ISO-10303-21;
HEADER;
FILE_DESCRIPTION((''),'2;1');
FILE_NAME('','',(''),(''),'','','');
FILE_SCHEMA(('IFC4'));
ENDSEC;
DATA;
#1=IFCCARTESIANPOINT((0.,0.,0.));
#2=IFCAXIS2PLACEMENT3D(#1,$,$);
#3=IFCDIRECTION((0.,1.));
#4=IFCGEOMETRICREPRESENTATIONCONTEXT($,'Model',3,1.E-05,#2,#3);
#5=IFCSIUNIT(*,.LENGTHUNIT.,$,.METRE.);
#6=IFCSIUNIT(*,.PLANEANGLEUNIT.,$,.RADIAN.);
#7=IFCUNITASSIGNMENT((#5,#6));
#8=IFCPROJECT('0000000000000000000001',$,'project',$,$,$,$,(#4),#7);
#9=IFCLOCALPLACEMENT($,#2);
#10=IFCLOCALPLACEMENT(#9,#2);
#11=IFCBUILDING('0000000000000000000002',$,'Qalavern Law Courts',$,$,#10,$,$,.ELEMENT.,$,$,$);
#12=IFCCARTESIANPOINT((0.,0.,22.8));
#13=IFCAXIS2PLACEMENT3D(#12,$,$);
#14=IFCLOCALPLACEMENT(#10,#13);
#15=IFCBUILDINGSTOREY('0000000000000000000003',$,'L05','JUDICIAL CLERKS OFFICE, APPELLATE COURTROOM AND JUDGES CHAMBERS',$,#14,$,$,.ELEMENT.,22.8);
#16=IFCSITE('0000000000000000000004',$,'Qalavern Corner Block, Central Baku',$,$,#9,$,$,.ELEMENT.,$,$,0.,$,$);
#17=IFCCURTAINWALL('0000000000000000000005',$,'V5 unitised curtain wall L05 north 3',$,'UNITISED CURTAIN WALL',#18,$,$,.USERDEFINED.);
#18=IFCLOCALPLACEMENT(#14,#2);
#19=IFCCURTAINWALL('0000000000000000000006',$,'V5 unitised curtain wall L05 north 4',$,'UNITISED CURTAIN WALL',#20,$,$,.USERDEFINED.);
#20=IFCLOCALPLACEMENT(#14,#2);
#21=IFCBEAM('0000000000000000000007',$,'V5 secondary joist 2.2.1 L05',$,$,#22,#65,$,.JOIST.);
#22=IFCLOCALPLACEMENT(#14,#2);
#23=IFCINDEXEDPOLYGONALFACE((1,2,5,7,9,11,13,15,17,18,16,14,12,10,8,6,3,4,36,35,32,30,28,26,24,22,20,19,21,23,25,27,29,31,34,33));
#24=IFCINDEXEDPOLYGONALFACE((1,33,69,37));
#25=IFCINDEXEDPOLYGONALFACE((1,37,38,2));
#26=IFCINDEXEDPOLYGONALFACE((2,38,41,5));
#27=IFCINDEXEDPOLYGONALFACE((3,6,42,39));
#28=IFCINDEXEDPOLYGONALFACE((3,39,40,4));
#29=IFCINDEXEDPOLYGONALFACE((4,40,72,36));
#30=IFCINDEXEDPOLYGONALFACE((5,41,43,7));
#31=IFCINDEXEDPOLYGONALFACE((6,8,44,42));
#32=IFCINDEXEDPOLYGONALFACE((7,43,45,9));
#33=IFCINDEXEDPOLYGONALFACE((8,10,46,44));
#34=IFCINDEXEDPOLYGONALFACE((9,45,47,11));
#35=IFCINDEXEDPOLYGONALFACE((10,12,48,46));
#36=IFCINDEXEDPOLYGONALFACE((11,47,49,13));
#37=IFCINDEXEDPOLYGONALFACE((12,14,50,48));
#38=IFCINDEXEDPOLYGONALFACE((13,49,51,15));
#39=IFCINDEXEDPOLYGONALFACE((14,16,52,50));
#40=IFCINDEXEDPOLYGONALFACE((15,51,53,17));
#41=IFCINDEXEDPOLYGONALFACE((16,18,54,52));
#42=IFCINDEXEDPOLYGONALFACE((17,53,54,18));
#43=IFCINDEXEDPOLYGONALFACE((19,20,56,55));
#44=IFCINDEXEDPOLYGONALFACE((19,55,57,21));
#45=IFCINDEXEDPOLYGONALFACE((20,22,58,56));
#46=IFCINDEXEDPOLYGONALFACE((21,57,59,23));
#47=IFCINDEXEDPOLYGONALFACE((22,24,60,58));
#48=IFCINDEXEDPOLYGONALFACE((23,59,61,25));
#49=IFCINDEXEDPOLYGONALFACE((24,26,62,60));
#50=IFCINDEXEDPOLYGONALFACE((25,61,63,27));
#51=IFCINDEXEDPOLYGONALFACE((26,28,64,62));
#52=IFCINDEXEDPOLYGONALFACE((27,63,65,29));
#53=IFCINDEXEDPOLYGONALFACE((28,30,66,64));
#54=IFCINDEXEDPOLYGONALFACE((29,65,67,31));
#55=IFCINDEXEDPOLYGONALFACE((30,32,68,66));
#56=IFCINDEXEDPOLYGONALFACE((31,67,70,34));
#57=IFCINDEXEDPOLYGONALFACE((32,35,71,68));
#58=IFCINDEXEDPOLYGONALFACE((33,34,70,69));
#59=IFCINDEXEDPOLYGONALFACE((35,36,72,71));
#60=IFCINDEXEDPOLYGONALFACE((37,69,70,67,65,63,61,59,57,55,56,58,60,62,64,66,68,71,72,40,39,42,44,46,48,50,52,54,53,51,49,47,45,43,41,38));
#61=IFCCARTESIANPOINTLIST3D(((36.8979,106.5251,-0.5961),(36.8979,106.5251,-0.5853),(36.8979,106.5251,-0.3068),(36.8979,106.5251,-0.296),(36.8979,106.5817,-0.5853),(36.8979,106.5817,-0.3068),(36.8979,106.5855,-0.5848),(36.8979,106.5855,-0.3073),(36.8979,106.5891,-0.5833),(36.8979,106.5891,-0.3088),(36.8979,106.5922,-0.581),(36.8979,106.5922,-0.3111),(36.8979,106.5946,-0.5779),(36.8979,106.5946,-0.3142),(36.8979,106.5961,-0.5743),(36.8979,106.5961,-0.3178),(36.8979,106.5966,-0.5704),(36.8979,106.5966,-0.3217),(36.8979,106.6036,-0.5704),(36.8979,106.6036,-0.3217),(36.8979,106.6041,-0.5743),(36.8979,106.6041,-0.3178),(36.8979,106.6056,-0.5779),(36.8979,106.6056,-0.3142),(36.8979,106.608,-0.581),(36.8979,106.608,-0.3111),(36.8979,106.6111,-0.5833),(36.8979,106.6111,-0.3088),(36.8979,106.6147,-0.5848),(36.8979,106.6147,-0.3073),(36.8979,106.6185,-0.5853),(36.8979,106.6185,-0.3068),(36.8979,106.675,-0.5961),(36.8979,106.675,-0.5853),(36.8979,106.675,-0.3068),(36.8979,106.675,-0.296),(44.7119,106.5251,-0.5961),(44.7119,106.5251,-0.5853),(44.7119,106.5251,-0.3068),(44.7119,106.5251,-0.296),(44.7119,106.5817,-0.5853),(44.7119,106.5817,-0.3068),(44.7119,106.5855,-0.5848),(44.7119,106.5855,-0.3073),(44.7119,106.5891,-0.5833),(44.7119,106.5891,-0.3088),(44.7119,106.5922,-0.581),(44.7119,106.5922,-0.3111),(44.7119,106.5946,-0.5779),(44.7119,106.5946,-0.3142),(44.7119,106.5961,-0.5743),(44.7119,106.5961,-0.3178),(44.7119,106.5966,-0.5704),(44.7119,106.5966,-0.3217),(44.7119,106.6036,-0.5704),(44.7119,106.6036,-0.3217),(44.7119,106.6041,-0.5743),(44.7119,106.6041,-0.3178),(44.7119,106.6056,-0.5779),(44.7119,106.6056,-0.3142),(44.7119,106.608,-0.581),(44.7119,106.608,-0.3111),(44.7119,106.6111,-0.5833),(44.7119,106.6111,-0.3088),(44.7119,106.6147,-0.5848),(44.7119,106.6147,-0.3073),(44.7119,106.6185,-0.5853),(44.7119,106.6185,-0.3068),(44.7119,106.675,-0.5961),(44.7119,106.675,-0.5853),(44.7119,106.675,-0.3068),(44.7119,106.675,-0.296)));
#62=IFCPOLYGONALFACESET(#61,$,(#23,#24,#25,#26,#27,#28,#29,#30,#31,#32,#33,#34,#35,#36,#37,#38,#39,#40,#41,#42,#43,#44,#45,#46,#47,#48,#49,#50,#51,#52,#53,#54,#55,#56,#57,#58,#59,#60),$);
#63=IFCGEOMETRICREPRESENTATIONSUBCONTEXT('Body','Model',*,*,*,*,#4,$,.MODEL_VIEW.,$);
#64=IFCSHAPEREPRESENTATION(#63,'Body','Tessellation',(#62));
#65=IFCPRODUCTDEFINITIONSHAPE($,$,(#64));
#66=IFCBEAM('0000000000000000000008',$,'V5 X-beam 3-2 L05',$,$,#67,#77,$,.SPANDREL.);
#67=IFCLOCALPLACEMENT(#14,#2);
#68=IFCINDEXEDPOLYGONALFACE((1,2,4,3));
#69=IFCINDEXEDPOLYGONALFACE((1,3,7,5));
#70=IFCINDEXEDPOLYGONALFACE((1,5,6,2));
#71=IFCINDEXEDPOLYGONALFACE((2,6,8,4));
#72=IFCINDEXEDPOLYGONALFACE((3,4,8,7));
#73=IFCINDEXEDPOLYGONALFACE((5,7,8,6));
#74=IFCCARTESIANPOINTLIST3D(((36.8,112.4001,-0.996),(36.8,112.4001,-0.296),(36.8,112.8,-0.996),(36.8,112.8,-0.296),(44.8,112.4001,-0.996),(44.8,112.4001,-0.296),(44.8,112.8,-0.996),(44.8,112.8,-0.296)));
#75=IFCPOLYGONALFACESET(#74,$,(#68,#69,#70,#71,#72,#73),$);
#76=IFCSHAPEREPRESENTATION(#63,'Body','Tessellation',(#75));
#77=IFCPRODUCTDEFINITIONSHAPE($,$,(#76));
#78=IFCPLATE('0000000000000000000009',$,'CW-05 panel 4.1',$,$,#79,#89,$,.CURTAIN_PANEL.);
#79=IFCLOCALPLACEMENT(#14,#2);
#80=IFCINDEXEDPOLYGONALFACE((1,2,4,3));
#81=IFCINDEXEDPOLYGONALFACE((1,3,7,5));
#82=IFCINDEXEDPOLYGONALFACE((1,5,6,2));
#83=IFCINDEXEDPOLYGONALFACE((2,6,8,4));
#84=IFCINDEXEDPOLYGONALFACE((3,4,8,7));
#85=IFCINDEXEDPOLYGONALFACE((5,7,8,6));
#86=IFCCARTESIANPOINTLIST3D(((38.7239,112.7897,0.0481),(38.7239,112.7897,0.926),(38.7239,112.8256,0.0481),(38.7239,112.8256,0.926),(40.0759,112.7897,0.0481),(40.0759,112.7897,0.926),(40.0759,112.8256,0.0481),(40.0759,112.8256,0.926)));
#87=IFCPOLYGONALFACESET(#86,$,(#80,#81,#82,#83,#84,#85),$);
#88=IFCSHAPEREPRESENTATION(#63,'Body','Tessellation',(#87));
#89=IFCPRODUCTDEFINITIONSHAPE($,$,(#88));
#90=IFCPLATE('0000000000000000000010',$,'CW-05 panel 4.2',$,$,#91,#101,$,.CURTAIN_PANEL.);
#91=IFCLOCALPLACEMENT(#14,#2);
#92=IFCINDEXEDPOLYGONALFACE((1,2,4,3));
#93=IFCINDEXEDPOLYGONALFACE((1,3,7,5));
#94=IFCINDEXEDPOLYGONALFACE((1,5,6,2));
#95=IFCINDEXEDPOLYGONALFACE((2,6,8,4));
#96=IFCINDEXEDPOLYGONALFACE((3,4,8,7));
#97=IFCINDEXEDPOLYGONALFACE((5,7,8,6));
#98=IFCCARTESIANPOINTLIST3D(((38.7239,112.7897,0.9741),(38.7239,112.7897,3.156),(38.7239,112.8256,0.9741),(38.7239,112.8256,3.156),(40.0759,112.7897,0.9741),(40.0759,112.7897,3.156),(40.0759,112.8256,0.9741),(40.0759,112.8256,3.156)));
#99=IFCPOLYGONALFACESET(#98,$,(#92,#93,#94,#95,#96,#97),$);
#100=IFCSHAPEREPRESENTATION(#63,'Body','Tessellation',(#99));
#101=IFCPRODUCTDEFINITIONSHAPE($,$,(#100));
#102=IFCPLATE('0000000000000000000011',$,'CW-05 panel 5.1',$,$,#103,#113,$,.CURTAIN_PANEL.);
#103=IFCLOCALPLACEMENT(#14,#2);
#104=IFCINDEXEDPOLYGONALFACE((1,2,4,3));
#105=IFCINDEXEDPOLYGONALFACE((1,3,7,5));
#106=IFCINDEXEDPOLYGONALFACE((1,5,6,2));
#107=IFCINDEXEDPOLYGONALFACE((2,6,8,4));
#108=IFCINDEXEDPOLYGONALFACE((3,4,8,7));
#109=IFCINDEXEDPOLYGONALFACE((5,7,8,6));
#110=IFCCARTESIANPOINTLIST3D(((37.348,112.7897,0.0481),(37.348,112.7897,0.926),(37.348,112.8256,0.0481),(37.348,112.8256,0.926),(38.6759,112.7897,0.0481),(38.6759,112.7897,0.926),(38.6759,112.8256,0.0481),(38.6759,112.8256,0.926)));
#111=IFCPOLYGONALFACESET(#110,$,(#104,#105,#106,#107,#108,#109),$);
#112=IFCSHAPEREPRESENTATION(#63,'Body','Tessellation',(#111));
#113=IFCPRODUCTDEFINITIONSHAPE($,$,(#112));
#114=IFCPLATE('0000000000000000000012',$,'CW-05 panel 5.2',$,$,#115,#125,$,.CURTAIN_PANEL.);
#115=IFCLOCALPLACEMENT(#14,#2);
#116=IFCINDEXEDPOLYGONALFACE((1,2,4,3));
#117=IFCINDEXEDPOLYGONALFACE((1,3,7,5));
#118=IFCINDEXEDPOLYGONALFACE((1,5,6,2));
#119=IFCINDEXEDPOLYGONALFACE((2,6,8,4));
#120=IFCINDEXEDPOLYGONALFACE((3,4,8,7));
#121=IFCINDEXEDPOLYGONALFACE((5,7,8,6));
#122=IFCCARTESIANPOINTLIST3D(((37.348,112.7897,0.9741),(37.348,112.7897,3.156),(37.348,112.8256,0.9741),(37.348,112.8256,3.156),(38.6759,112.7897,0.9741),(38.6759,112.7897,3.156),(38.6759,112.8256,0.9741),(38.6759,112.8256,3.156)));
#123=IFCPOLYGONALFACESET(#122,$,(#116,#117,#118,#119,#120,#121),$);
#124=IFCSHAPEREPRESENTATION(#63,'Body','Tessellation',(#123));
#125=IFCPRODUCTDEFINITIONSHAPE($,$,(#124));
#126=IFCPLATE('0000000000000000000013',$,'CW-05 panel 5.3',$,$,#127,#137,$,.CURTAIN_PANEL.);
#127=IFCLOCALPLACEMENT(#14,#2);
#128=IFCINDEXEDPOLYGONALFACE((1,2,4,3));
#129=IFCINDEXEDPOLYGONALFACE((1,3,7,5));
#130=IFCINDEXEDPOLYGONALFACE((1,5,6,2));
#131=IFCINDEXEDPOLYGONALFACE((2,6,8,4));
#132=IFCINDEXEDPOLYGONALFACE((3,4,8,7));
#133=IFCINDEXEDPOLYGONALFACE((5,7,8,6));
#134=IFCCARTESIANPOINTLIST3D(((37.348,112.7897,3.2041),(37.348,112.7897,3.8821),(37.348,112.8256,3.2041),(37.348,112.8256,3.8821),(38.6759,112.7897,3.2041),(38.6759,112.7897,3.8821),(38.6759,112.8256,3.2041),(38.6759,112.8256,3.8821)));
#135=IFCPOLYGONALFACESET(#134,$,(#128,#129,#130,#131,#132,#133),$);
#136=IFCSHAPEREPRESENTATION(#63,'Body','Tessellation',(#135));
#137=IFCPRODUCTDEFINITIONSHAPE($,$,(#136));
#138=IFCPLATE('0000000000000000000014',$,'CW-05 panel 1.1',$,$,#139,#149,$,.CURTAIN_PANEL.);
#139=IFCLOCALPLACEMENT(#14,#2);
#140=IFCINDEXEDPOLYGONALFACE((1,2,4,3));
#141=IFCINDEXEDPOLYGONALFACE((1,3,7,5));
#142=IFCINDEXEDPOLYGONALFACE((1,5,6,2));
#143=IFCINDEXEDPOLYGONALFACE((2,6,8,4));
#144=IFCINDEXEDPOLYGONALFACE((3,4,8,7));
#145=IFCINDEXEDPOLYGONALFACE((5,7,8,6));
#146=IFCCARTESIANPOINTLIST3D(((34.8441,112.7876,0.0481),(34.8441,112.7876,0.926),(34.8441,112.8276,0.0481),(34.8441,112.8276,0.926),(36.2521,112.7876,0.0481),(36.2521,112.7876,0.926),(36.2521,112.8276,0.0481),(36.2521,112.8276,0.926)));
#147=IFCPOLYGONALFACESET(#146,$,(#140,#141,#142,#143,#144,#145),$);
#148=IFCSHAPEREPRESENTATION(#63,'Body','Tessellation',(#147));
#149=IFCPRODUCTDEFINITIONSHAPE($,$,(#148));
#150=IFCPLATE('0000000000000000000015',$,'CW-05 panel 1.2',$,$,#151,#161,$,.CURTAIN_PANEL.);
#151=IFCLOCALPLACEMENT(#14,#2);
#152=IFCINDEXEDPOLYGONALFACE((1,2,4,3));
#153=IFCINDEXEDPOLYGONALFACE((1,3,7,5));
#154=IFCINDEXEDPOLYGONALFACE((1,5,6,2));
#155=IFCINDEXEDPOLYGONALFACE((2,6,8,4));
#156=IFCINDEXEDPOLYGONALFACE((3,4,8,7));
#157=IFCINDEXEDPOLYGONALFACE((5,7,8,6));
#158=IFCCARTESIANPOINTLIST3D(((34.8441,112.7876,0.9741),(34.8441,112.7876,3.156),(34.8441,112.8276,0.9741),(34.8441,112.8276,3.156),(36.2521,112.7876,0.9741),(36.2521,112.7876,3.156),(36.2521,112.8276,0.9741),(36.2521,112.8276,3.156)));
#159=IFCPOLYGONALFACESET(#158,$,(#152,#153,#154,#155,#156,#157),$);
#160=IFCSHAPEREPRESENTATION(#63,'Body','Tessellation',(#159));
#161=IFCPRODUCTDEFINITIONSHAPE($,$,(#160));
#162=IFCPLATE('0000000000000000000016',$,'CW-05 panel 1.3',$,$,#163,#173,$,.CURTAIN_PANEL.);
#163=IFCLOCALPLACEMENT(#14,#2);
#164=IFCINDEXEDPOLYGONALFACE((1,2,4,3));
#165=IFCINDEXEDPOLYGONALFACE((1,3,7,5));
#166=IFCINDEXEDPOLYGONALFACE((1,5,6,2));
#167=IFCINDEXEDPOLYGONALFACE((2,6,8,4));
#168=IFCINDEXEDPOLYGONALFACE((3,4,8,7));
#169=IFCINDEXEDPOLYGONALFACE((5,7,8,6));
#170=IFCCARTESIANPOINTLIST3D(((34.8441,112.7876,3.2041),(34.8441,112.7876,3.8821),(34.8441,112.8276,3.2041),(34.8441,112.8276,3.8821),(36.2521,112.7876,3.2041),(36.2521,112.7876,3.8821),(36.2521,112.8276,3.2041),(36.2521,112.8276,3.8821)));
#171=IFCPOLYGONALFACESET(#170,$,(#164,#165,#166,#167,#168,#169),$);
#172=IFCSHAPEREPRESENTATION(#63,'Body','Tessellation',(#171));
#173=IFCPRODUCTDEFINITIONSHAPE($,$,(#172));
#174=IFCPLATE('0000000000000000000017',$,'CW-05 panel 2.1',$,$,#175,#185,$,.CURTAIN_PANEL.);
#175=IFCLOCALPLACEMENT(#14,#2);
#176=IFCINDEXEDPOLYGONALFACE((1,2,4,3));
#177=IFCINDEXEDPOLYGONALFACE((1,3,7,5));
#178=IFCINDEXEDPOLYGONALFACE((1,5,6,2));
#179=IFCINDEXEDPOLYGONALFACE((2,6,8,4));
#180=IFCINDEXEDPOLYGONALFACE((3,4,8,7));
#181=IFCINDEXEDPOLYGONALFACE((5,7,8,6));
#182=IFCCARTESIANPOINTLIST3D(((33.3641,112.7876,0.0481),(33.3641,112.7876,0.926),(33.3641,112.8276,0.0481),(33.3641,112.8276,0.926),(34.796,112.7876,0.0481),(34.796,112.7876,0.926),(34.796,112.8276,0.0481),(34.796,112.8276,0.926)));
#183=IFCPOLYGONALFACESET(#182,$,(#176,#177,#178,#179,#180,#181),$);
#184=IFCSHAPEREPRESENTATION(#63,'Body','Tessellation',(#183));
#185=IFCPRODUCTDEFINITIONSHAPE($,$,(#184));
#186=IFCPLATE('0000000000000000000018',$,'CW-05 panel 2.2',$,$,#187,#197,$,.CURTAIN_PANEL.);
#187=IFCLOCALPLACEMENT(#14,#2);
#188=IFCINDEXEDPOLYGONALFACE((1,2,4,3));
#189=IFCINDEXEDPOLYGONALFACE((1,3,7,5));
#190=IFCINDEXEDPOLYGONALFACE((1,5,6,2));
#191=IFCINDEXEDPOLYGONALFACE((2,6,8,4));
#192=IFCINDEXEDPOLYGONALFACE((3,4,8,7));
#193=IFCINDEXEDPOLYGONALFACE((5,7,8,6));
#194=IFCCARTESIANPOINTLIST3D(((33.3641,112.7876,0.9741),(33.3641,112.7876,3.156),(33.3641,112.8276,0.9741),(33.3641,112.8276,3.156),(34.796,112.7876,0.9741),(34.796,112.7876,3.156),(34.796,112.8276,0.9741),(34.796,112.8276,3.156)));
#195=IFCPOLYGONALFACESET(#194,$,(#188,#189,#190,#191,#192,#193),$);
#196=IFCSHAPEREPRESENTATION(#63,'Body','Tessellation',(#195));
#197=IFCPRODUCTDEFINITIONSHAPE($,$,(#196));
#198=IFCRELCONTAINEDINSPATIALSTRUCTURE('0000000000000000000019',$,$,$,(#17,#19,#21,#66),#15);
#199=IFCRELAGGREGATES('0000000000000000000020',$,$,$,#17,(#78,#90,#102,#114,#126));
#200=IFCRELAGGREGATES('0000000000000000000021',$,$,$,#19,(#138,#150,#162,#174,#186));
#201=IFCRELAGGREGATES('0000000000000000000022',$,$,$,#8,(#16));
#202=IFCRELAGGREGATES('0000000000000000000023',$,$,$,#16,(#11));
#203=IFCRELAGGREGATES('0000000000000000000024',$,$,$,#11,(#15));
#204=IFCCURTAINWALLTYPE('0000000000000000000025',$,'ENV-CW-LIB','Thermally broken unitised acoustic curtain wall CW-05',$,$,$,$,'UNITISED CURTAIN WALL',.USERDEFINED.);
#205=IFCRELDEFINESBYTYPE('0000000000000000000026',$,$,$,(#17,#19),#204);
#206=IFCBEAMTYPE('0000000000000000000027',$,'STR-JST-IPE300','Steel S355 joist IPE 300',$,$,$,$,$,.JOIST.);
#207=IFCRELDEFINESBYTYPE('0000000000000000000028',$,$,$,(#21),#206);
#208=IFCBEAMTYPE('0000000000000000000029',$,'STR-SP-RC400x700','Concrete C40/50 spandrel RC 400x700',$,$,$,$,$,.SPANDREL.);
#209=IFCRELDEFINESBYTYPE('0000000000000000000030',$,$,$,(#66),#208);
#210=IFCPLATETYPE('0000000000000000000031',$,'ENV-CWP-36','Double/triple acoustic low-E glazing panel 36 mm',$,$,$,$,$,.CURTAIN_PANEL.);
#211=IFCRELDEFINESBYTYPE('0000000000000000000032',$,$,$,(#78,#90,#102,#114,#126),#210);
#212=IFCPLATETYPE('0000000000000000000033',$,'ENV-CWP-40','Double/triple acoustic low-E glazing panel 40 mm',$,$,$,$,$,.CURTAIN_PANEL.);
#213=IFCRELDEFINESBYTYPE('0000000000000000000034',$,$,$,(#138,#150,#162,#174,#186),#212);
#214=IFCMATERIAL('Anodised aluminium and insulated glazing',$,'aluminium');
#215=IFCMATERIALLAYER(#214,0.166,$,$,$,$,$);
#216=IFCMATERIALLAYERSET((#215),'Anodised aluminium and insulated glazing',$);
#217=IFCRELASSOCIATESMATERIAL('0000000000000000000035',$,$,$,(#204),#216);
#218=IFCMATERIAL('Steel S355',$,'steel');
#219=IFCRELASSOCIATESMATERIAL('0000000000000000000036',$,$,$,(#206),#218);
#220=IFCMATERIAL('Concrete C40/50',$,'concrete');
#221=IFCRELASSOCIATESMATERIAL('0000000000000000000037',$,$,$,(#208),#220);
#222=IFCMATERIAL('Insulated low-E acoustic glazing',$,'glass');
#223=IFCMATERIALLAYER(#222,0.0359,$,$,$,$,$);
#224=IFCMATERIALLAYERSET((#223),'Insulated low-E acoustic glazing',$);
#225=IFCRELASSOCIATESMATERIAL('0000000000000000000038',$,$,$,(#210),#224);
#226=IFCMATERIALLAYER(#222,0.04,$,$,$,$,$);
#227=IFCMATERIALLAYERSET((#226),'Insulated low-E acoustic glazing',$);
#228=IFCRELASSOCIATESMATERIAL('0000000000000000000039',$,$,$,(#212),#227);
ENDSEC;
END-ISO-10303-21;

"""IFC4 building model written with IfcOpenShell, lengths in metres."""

from ifc_helpers import new_model, si_unit, direction, frame, origin, origin_2d, place, context, subcontext, project, spatial, rectangle, i_section, extrude, material, layer, layer_set, material_profile, profile_set, type_object, element, aggregate, save


model = new_model("IFC4")

# Units and contexts
model_context = context("Model", 3, precision=1e-05, world=origin(), true_north=direction((0.0, 1.0)))
body_context = subcontext(model_context, "Body", "Model", "MODEL_VIEW")
ifc_project = project(units=[si_unit("LENGTHUNIT", "METRE"), si_unit("PLANEANGLEUNIT", "RADIAN")], contexts=[model_context])

# Site, building, storey
site_placement = place(None, origin())
site = spatial("IfcSite", under=ifc_project, at=site_placement, Name="Qalavern Corner Block, Central Baku", CompositionType="ELEMENT", RefElevation=0.0)
building_placement = place(site_placement, origin())
building = spatial("IfcBuilding", under=site, at=building_placement, Name="Qalavern Law Courts", CompositionType="ELEMENT")
storey_placement = place(building_placement, frame((0.0, 0.0, 22.8)))
storey = spatial("IfcBuildingStorey", under=building, at=storey_placement, Name="L05", Description="JUDICIAL CLERKS OFFICE, APPELLATE COURTROOM AND JUDGES CHAMBERS", CompositionType="ELEMENT", Elevation=22.8)

# Curtain walls
ifc_material_1 = material(Name="Anodised aluminium and insulated glazing", Category="aluminium")
ifc_layer_1 = layer(ifc_material_1, 0.166)
ifc_layer_set_1 = layer_set([ifc_layer_1], Name="Anodised aluminium and insulated glazing")
curtain_wall_type = type_object("IfcCurtainWallType", Name="ENV-CW-LIB", Description="Thermally broken unitised acoustic curtain wall CW-05", ElementType="UNITISED CURTAIN WALL", PredefinedType="USERDEFINED", material=ifc_layer_set_1)
curtain_wall_1_placement = place(storey_placement, origin())
curtain_wall_1 = element("IfcCurtainWall", 1, at=curtain_wall_1_placement, inside=storey, type_object=curtain_wall_type, Name="V5 unitised curtain wall L05 north 3", ObjectType="UNITISED CURTAIN WALL", PredefinedType="USERDEFINED")
curtain_wall_2_placement = place(storey_placement, origin())
curtain_wall_2 = element("IfcCurtainWall", 2, at=curtain_wall_2_placement, inside=storey, type_object=curtain_wall_type, Name="V5 unitised curtain wall L05 north 4", ObjectType="UNITISED CURTAIN WALL", PredefinedType="USERDEFINED")

# Beams
ifc_material_2 = material(Name="Steel S355", Category="steel")
ifc_material_profile_1 = material_profile(ifc_material_2, i_section(OverallWidth=0.1499, OverallDepth=0.3, WebThickness=0.0071, FlangeThickness=0.0107, FilletRadius=0.0149, at=origin_2d()), Name="IPE 300")
ifc_profile_set_1 = profile_set([ifc_material_profile_1], Name="Steel S355")
beam_type_1 = type_object("IfcBeamType", Name="STR-JST-IPE300", Description="Steel S355 joist IPE 300", PredefinedType="JOIST", material=ifc_profile_set_1)
beam_1_placement = place(storey_placement, frame((36.8979, 106.6001, -0.446), z_axis=(1.0, 0.0, 0.0), x_axis=(0.0, 1.0, 0.0)))
element("IfcBeam", 3, at=beam_1_placement, inside=storey, type_object=beam_type_1, Name="V5 secondary joist 2.2.1 L05", PredefinedType="JOIST", context=body_context, shape_type="SweptSolid", body=[
    extrude(i_section(OverallWidth=0.1499, OverallDepth=0.3, WebThickness=0.0071, FlangeThickness=0.0107, FilletRadius=0.0149, at=origin_2d()), origin(), (0.0, 0.0, 1.0), 7.814),
])
ifc_material_3 = material(Name="Concrete C40/50", Category="concrete")
ifc_material_profile_2 = material_profile(ifc_material_3, rectangle(XDim=0.3999, YDim=0.7, at=origin_2d()), Name="RC 400x700")
ifc_profile_set_2 = profile_set([ifc_material_profile_2], Name="Concrete C40/50")
beam_type_2 = type_object("IfcBeamType", Name="STR-SP-RC400x700", Description="Concrete C40/50 spandrel RC 400x700", PredefinedType="SPANDREL", material=ifc_profile_set_2)
beam_2_placement = place(storey_placement, frame((36.8, 112.6001, -0.646), z_axis=(1.0, 0.0, 0.0), x_axis=(0.0, 1.0, 0.0)))
element("IfcBeam", 4, at=beam_2_placement, inside=storey, type_object=beam_type_2, Name="V5 X-beam 3-2 L05", PredefinedType="SPANDREL", context=body_context, shape_type="SweptSolid", body=[
    extrude(rectangle(XDim=0.3999, YDim=0.7, at=origin_2d()), origin(), (0.0, 0.0, 1.0), 8.0),
])

# Plates
ifc_material_4 = material(Name="Insulated low-E acoustic glazing", Category="glass")
ifc_layer_2 = layer(ifc_material_4, 0.0359)
ifc_layer_set_2 = layer_set([ifc_layer_2], Name="Insulated low-E acoustic glazing")
plate_type_1 = type_object("IfcPlateType", Name="ENV-CWP-36", Description="Double/triple acoustic low-E glazing panel 36 mm", PredefinedType="CURTAIN_PANEL", material=ifc_layer_set_2)
plate_1_placement = place(storey_placement, frame((39.3999, 112.8076, 0.0481), z_axis=(0.0, 0.0, 1.0), x_axis=(-1.0, 0.0, 0.0)))
plate_1 = element("IfcPlate", 5, at=plate_1_placement, type_object=plate_type_1, Name="CW-05 panel 4.1", PredefinedType="CURTAIN_PANEL", context=body_context, shape_type="SweptSolid", body=[
    extrude(rectangle(XDim=1.3521, YDim=0.0359, at=origin_2d()), origin(), (0.0, 0.0, 1.0), 0.8779),
])
plate_2_placement = place(storey_placement, frame((39.3999, 112.8076, 0.9741), z_axis=(0.0, 0.0, 1.0), x_axis=(-1.0, 0.0, 0.0)))
plate_2 = element("IfcPlate", 6, at=plate_2_placement, type_object=plate_type_1, Name="CW-05 panel 4.2", PredefinedType="CURTAIN_PANEL", context=body_context, shape_type="SweptSolid", body=[
    extrude(rectangle(XDim=1.3521, YDim=0.0359, at=origin_2d()), origin(), (0.0, 0.0, 1.0), 2.1819),
])
plate_3_placement = place(storey_placement, frame((38.012, 112.8076, 0.0481), z_axis=(0.0, 0.0, 1.0), x_axis=(-1.0, 0.0, 0.0)))
plate_3 = element("IfcPlate", 7, at=plate_3_placement, type_object=plate_type_1, Name="CW-05 panel 5.1", PredefinedType="CURTAIN_PANEL", context=body_context, shape_type="SweptSolid", body=[
    extrude(rectangle(XDim=1.3279, YDim=0.0359, at=origin_2d()), origin(), (0.0, 0.0, 1.0), 0.8779),
])
plate_4_placement = place(storey_placement, frame((38.012, 112.8076, 0.9741), z_axis=(0.0, 0.0, 1.0), x_axis=(-1.0, 0.0, 0.0)))
plate_4 = element("IfcPlate", 8, at=plate_4_placement, type_object=plate_type_1, Name="CW-05 panel 5.2", PredefinedType="CURTAIN_PANEL", context=body_context, shape_type="SweptSolid", body=[
    extrude(rectangle(XDim=1.3279, YDim=0.0359, at=origin_2d()), origin(), (0.0, 0.0, 1.0), 2.1819),
])
plate_5_placement = place(storey_placement, frame((38.012, 112.8076, 3.2041), z_axis=(0.0, 0.0, 1.0), x_axis=(-1.0, 0.0, 0.0)))
plate_5 = element("IfcPlate", 9, at=plate_5_placement, type_object=plate_type_1, Name="CW-05 panel 5.3", PredefinedType="CURTAIN_PANEL", context=body_context, shape_type="SweptSolid", body=[
    extrude(rectangle(XDim=1.3279, YDim=0.0359, at=origin_2d()), origin(), (0.0, 0.0, 1.0), 0.678),
])
aggregate(curtain_wall_1, [plate_1, plate_2, plate_3, plate_4, plate_5])
ifc_layer_3 = layer(ifc_material_4, 0.04)
ifc_layer_set_3 = layer_set([ifc_layer_3], Name="Insulated low-E acoustic glazing")
plate_type_2 = type_object("IfcPlateType", Name="ENV-CWP-40", Description="Double/triple acoustic low-E glazing panel 40 mm", PredefinedType="CURTAIN_PANEL", material=ifc_layer_set_3)
plate_6_placement = place(storey_placement, frame((35.5481, 112.8076, 0.0481), z_axis=(0.0, 0.0, 1.0), x_axis=(-1.0, 0.0, 0.0)))
plate_6 = element("IfcPlate", 10, at=plate_6_placement, type_object=plate_type_2, Name="CW-05 panel 1.1", PredefinedType="CURTAIN_PANEL", context=body_context, shape_type="SweptSolid", body=[
    extrude(rectangle(XDim=1.408, YDim=0.04, at=origin_2d()), origin(), (0.0, 0.0, 1.0), 0.8779),
])
plate_7_placement = place(storey_placement, frame((35.5481, 112.8076, 0.9741), z_axis=(0.0, 0.0, 1.0), x_axis=(-1.0, 0.0, 0.0)))
plate_7 = element("IfcPlate", 11, at=plate_7_placement, type_object=plate_type_2, Name="CW-05 panel 1.2", PredefinedType="CURTAIN_PANEL", context=body_context, shape_type="SweptSolid", body=[
    extrude(rectangle(XDim=1.408, YDim=0.04, at=origin_2d()), origin(), (0.0, 0.0, 1.0), 2.1819),
])
plate_8_placement = place(storey_placement, frame((35.5481, 112.8076, 3.2041), z_axis=(0.0, 0.0, 1.0), x_axis=(-1.0, 0.0, 0.0)))
plate_8 = element("IfcPlate", 12, at=plate_8_placement, type_object=plate_type_2, Name="CW-05 panel 1.3", PredefinedType="CURTAIN_PANEL", context=body_context, shape_type="SweptSolid", body=[
    extrude(rectangle(XDim=1.408, YDim=0.04, at=origin_2d()), origin(), (0.0, 0.0, 1.0), 0.678),
])
plate_9_placement = place(storey_placement, frame((34.0801, 112.8076, 0.0481), z_axis=(0.0, 0.0, 1.0), x_axis=(-1.0, 0.0, 0.0)))
plate_9 = element("IfcPlate", 13, at=plate_9_placement, type_object=plate_type_2, Name="CW-05 panel 2.1", PredefinedType="CURTAIN_PANEL", context=body_context, shape_type="SweptSolid", body=[
    extrude(rectangle(XDim=1.4319, YDim=0.04, at=origin_2d()), origin(), (0.0, 0.0, 1.0), 0.8779),
])
plate_10_placement = place(storey_placement, frame((34.0801, 112.8076, 0.9741), z_axis=(0.0, 0.0, 1.0), x_axis=(-1.0, 0.0, 0.0)))
plate_10 = element("IfcPlate", 14, at=plate_10_placement, type_object=plate_type_2, Name="CW-05 panel 2.2", PredefinedType="CURTAIN_PANEL", context=body_context, shape_type="SweptSolid", body=[
    extrude(rectangle(XDim=1.4319, YDim=0.04, at=origin_2d()), origin(), (0.0, 0.0, 1.0), 2.1819),
])
aggregate(curtain_wall_2, [plate_6, plate_7, plate_8, plate_9, plate_10])

save(model, "model.ifc")
